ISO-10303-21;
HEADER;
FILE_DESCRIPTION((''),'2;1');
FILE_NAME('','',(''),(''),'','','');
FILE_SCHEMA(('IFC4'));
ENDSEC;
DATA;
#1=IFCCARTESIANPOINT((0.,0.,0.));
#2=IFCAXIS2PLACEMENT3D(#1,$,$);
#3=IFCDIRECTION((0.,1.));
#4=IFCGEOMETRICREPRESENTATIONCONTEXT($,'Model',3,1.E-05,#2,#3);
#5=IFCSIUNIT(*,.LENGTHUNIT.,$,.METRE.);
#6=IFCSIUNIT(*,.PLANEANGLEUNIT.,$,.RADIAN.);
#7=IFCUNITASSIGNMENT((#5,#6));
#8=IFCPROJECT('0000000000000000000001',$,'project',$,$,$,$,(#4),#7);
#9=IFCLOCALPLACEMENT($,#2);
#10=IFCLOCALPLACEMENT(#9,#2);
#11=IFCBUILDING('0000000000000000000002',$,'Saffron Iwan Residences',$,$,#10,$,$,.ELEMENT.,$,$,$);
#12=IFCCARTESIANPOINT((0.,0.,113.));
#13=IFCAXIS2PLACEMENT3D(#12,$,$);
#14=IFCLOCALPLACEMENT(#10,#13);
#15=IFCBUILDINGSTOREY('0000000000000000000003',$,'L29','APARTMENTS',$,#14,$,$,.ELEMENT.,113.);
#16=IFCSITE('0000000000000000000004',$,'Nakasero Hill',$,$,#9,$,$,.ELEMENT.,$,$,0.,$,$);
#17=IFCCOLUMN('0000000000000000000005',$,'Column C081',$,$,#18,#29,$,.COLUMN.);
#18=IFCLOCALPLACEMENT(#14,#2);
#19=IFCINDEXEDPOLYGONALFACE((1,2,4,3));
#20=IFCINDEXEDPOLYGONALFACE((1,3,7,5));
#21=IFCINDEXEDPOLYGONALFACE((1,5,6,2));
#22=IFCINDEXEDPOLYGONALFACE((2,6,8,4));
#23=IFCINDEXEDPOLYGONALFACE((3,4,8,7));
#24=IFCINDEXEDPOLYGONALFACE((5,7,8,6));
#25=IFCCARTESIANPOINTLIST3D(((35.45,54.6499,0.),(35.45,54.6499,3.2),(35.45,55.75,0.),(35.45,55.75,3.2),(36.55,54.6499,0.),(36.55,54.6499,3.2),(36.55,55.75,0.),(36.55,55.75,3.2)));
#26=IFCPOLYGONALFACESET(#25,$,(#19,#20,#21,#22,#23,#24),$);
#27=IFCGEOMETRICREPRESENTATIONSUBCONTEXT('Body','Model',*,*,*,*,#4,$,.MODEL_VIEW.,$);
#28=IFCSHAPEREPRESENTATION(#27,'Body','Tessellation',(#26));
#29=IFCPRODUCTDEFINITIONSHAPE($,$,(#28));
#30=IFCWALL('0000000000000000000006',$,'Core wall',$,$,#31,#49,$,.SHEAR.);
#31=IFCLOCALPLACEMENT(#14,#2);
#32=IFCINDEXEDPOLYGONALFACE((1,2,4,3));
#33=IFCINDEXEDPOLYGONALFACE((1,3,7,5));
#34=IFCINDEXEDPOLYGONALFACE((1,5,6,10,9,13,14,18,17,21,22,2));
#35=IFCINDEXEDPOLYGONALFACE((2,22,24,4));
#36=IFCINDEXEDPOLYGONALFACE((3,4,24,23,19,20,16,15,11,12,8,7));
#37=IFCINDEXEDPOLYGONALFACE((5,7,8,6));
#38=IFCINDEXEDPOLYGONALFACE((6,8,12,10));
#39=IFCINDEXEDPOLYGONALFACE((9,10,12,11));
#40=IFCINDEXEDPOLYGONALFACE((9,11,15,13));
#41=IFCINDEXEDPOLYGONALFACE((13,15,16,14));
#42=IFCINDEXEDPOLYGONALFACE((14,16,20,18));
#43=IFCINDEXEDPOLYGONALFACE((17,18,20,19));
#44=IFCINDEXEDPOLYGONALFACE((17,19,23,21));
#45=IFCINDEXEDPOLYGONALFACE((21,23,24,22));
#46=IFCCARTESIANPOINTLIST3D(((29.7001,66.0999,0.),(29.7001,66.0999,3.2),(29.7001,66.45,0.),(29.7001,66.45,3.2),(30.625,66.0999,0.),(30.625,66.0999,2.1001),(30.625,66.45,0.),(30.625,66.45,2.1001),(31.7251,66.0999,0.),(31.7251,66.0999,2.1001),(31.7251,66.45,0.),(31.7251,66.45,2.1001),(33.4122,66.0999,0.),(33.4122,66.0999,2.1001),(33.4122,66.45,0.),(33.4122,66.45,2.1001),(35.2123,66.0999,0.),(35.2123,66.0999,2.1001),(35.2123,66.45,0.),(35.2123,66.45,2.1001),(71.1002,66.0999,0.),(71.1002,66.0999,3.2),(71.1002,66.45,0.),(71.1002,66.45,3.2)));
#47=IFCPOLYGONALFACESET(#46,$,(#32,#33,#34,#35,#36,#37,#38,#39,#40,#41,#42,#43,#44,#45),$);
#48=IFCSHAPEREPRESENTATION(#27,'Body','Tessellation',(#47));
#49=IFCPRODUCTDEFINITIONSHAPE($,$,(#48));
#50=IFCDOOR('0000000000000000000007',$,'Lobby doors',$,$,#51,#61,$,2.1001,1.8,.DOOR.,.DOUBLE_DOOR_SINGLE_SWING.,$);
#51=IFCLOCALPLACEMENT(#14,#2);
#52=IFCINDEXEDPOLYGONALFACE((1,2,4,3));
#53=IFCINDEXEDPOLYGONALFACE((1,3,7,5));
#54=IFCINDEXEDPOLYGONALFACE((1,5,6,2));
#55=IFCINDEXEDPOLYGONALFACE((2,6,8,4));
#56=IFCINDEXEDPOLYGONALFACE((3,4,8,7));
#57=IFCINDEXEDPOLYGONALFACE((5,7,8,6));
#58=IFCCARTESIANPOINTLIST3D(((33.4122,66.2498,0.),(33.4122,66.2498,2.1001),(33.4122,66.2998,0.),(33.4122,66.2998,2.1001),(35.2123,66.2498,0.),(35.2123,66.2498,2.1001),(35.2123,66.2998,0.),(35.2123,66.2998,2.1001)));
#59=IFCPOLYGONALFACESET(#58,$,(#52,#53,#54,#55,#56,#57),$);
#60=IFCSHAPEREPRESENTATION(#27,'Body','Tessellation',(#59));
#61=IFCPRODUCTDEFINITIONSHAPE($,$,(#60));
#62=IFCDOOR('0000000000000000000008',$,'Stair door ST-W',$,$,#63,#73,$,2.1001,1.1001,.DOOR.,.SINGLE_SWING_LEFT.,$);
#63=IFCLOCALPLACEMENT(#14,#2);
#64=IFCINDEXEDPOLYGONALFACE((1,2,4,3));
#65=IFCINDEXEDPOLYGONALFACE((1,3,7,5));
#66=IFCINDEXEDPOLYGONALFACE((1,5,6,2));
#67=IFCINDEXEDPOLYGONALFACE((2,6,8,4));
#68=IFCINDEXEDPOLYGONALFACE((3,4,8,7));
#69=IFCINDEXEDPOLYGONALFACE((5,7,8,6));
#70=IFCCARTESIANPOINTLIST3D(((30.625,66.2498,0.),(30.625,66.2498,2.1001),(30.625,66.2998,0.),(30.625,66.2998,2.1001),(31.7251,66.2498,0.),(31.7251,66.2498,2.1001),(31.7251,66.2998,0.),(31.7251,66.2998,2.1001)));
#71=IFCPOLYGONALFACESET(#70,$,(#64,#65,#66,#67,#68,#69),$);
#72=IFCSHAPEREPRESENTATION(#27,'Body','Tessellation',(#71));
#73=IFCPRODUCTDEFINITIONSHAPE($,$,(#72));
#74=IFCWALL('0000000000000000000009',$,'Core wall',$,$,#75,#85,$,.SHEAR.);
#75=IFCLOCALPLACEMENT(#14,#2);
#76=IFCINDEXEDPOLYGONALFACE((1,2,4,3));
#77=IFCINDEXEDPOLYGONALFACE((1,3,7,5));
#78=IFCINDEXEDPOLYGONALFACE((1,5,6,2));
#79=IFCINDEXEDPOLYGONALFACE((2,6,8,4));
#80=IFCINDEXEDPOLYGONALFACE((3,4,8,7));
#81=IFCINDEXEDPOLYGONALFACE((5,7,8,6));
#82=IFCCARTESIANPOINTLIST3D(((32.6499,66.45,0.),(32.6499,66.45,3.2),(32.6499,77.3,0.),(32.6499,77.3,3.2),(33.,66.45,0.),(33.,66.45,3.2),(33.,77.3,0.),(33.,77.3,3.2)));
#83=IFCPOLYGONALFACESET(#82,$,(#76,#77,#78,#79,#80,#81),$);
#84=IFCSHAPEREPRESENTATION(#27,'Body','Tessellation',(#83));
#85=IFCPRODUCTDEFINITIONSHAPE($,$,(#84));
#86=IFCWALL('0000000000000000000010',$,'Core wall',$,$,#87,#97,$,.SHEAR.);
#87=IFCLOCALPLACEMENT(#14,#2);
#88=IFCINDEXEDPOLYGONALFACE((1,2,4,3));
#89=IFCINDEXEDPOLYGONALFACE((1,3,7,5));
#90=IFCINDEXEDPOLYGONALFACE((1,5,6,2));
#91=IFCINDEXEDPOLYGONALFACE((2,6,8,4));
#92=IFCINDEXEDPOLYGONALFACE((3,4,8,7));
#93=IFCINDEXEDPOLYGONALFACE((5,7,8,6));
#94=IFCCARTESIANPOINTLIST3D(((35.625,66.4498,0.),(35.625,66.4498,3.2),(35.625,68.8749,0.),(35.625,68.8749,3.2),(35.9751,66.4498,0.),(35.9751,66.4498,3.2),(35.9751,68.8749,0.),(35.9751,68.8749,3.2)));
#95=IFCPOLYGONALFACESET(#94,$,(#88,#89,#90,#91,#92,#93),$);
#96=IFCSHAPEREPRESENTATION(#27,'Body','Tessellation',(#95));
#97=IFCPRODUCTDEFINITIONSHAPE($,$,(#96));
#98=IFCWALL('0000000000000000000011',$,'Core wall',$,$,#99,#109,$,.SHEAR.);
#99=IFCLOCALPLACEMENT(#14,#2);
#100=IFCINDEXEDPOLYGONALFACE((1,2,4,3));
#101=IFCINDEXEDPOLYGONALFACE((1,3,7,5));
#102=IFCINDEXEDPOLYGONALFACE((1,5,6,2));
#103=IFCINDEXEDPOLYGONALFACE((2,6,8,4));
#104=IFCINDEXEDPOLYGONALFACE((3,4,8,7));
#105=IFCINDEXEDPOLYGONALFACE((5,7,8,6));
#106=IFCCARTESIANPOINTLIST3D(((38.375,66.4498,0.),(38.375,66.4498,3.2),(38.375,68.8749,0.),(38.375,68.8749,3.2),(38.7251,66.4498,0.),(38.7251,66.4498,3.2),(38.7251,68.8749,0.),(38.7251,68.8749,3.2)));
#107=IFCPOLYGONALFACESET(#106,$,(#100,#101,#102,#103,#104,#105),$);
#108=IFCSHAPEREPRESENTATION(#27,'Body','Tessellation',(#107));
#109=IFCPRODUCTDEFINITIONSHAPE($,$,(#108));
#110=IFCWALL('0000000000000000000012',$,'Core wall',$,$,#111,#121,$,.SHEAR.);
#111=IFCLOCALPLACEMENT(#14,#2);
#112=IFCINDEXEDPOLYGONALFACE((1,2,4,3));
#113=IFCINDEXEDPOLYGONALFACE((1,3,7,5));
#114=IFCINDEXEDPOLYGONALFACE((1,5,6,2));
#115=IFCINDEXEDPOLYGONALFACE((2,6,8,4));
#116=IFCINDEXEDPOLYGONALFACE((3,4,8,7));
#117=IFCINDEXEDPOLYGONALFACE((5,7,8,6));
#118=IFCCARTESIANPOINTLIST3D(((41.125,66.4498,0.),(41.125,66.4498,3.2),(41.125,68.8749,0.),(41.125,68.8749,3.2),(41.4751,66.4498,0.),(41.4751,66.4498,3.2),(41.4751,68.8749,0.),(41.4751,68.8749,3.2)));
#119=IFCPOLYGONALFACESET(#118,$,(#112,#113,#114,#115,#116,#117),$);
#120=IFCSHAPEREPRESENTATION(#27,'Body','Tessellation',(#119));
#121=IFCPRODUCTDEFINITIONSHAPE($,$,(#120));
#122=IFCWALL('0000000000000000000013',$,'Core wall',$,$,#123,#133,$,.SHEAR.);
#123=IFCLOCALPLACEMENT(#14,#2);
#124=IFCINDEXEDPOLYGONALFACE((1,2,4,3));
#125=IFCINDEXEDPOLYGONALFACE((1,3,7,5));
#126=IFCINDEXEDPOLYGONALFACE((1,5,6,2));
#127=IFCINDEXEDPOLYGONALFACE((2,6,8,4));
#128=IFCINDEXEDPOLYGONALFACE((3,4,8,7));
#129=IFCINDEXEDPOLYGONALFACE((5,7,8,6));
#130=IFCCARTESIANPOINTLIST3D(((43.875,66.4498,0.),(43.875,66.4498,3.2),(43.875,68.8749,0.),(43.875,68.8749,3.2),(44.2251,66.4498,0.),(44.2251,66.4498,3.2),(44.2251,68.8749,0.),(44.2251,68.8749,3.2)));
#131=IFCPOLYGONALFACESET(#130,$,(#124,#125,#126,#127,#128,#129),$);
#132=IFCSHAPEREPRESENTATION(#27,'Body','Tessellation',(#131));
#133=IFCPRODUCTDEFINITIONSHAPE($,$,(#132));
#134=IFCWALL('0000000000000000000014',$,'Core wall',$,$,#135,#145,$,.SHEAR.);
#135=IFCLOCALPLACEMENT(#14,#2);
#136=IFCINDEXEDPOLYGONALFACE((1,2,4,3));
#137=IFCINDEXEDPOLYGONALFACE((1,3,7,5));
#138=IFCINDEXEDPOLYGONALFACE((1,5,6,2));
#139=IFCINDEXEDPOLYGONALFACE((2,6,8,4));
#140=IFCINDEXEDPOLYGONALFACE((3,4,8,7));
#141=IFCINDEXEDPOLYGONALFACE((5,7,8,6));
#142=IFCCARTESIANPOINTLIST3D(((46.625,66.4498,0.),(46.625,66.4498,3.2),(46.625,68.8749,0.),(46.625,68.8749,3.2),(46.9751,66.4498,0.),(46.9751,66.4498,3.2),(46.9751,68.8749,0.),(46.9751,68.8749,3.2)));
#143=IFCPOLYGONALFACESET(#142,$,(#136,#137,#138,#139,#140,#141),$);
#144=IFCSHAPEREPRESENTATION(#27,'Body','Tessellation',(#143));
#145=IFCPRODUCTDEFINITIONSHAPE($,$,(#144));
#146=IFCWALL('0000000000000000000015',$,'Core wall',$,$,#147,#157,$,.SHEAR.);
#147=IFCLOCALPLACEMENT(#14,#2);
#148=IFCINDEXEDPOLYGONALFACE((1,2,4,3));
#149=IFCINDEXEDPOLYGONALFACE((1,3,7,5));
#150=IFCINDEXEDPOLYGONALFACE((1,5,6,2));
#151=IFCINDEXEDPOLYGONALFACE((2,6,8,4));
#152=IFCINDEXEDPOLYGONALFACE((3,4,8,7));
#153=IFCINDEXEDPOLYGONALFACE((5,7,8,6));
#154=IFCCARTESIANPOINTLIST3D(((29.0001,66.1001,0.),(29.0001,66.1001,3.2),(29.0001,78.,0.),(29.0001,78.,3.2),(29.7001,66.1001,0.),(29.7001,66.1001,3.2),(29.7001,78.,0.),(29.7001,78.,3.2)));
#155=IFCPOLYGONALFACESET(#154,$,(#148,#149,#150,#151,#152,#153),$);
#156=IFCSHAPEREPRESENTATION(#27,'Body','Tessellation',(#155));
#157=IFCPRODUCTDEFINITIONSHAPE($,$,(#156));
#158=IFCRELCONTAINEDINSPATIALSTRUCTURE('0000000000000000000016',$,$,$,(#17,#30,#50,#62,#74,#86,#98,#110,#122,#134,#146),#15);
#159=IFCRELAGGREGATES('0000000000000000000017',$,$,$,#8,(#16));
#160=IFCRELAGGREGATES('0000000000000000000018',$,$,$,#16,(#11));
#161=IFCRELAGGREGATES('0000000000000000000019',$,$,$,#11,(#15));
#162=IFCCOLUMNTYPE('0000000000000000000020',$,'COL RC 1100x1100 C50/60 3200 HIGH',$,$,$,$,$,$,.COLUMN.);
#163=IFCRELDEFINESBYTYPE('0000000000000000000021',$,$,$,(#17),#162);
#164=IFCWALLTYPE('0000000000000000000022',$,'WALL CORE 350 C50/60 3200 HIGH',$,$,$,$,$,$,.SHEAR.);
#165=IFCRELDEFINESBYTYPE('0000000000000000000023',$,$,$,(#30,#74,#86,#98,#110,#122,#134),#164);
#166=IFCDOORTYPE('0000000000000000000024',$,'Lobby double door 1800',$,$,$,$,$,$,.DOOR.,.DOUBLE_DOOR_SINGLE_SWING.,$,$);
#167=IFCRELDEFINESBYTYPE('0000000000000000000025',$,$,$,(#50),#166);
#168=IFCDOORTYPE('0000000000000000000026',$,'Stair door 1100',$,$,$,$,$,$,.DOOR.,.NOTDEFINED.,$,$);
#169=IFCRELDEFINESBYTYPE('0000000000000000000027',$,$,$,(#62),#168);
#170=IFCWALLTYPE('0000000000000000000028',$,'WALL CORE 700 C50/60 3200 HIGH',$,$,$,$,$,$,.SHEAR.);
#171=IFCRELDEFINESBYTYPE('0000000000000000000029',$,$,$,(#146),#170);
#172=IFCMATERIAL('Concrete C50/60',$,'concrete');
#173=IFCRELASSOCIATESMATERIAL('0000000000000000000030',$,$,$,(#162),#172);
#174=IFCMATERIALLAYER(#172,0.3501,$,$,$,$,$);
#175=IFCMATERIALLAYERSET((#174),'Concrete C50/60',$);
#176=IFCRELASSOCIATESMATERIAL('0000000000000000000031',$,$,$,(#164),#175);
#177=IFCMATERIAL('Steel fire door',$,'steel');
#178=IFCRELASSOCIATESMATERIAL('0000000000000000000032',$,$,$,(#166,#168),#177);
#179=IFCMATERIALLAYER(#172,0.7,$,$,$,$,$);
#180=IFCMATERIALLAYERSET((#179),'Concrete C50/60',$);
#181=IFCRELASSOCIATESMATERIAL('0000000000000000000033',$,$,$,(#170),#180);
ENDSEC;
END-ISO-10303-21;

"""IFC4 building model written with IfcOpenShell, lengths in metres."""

from ifc_helpers import new_model, si_unit, direction, frame, frame_2d, origin, origin_2d, place, context, subcontext, project, spatial, rectangle, extrude, source, transform, mapped, material, layer, layer_set, material_profile, profile_set, type_object, element, fill, save


model = new_model("IFC4")

# Units and contexts
model_context = context("Model", 3, precision=1e-05, world=origin(), true_north=direction((0.0, 1.0)))
body_context = subcontext(model_context, "Body", "Model", "MODEL_VIEW")
ifc_project = project(units=[si_unit("LENGTHUNIT", "METRE"), si_unit("PLANEANGLEUNIT", "RADIAN")], contexts=[model_context])

# Site, building, storey
site_placement = place(None, origin())
site = spatial("IfcSite", under=ifc_project, at=site_placement, Name="Nakasero Hill", CompositionType="ELEMENT", RefElevation=0.0)
building_placement = place(site_placement, origin())
building = spatial("IfcBuilding", under=site, at=building_placement, Name="Saffron Iwan Residences", CompositionType="ELEMENT")
storey_placement = place(building_placement, frame((0.0, 0.0, 113.0)))
storey = spatial("IfcBuildingStorey", under=building, at=storey_placement, Name="L29", Description="APARTMENTS", CompositionType="ELEMENT", Elevation=113.0)

# Column
ifc_material_1 = material(Name="Concrete C50/60", Category="concrete")
ifc_material_profile = material_profile(ifc_material_1, rectangle(XDim=1.1001, YDim=1.1001, at=origin_2d()), Name="RC 1100x1100")
ifc_profile_set = profile_set([ifc_material_profile], Name="Concrete C50/60")
column_type = type_object("IfcColumnType", Name="COL RC 1100x1100 C50/60 3200 HIGH", PredefinedType="COLUMN", material=ifc_profile_set)
shared_shape = source(origin(), body_context, "Body", "SweptSolid", [
    extrude(rectangle(XDim=1.1001, YDim=1.1001, at=origin_2d()), origin(), (0.0, 0.0, 1.0), 3.2),
])
column_placement = place(storey_placement, frame((36.0, 55.2, 0.0), z_axis=(0.0, 0.0, 1.0), x_axis=(1.0, 0.0, 0.0)))
element("IfcColumn", 1, at=column_placement, inside=storey, type_object=column_type, Name="Column C081", PredefinedType="COLUMN", context=body_context, shape_type="MappedRepresentation", body=[
    mapped(shared_shape, transform((0.0, 0.0, 0.0))),
])

# Wall, openings, doors
ifc_layer_1 = layer(ifc_material_1, 0.3501)
ifc_layer_set_1 = layer_set([ifc_layer_1], Name="Concrete C50/60")
wall_type_1 = type_object("IfcWallType", Name="WALL CORE 350 C50/60 3200 HIGH", PredefinedType="SHEAR", material=ifc_layer_set_1)
wall_1_placement = place(storey_placement, frame((29.7, 66.2749, 0.0), z_axis=(0.0, 0.0, 1.0), x_axis=(1.0, 0.0, 0.0)))
wall_1 = element("IfcWall", 2, at=wall_1_placement, inside=storey, type_object=wall_type_1, Name="Core wall", PredefinedType="SHEAR", context=body_context, shape_type="SweptSolid", body=[
    extrude(rectangle(XDim=41.4001, YDim=0.3501, at=frame_2d((20.7002, 0.0))), origin(), (0.0, 0.0, 1.0), 3.2),
])
opening_1_placement = place(wall_1_placement, frame((0.925, 0.0, 0.0)))
opening_1 = element("IfcOpeningElement", 3, at=opening_1_placement, cuts=wall_1, PredefinedType="OPENING", context=body_context, shape_type="SweptSolid", body=[
    extrude(rectangle(XDim=1.1001, YDim=2.1001, at=frame_2d((0.55, 1.05))), frame((0.0, 0.1851, 0.0), z_axis=(0.0, -1.0, 0.0), x_axis=(1.0, 0.0, 0.0)), (0.0, 0.0, 1.0), 0.3701),
])
opening_2_placement = place(wall_1_placement, frame((3.7124, 0.0, 0.0)))
opening_2 = element("IfcOpeningElement", 4, at=opening_2_placement, cuts=wall_1, PredefinedType="OPENING", context=body_context, shape_type="SweptSolid", body=[
    extrude(rectangle(XDim=1.8, YDim=2.1001, at=frame_2d((0.8999, 1.05))), frame((0.0, 0.1851, 0.0), z_axis=(0.0, -1.0, 0.0), x_axis=(1.0, 0.0, 0.0)), (0.0, 0.0, 1.0), 0.3701),
])
ifc_material_2 = material(Name="Steel fire door", Category="steel")
door_type_1 = type_object("IfcDoorType", Name="Lobby double door 1800", OperationType="DOUBLE_DOOR_SINGLE_SWING", PredefinedType="DOOR", material=ifc_material_2)
door_1_placement = place(opening_2_placement, origin())
door_1 = element("IfcDoor", 5, at=door_1_placement, inside=storey, type_object=door_type_1, Name="Lobby doors", OperationType="DOUBLE_DOOR_SINGLE_SWING", OverallHeight=2.1001, OverallWidth=1.8, PredefinedType="DOOR", context=body_context, shape_type="SweptSolid", body=[
    extrude(rectangle(XDim=1.8, YDim=2.1001, at=frame_2d((0.8999, 1.05))), frame((0.0, 0.0249, 0.0), z_axis=(0.0, -1.0, 0.0), x_axis=(1.0, 0.0, 0.0)), (0.0, 0.0, 1.0), 0.05),
])
fill(opening_2, door_1)
door_type_2 = type_object("IfcDoorType", Name="Stair door 1100", OperationType="NOTDEFINED", PredefinedType="DOOR", material=ifc_material_2)
door_2_placement = place(opening_1_placement, origin())
door_2 = element("IfcDoor", 6, at=door_2_placement, inside=storey, type_object=door_type_2, Name="Stair door ST-W", OperationType="SINGLE_SWING_LEFT", OverallHeight=2.1001, OverallWidth=1.1001, PredefinedType="DOOR", context=body_context, shape_type="SweptSolid", body=[
    extrude(rectangle(XDim=1.1001, YDim=2.1001, at=frame_2d((0.55, 1.05))), frame((0.0, 0.0249, 0.0), z_axis=(0.0, -1.0, 0.0), x_axis=(1.0, 0.0, 0.0)), (0.0, 0.0, 1.0), 0.05),
])
fill(opening_1, door_2)

# Walls
wall_2_placement = place(storey_placement, frame((32.825, 66.45, 0.0), z_axis=(0.0, 0.0, 1.0), x_axis=(0.0, 1.0, 0.0)))
element("IfcWall", 7, at=wall_2_placement, inside=storey, type_object=wall_type_1, Name="Core wall", PredefinedType="SHEAR", context=body_context, shape_type="SweptSolid", body=[
    extrude(rectangle(XDim=10.8501, YDim=0.3501, at=frame_2d((5.425, 0.0))), origin(), (0.0, 0.0, 1.0), 3.2),
])
for number, where, z_axis, x_axis, name in (
    (8, (35.8, 66.45, 0.0), (0.0, 0.0, 1.0), (0.0, 1.0, 0.0), "Core wall"),
    (9, (38.55, 66.45, 0.0), (0.0, 0.0, 1.0), (0.0, 1.0, 0.0), "Core wall"),
    (10, (41.3, 66.45, 0.0), (0.0, 0.0, 1.0), (0.0, 1.0, 0.0), "Core wall"),
    (11, (44.05, 66.45, 0.0), (0.0, 0.0, 1.0), (0.0, 1.0, 0.0), "Core wall"),
    (12, (46.8, 66.45, 0.0), (0.0, 0.0, 1.0), (0.0, 1.0, 0.0), "Core wall"),
):
    element("IfcWall", number, at=place(storey_placement, frame(where, z_axis=z_axis, x_axis=x_axis)), inside=storey, type_object=wall_type_1, Name=name, PredefinedType="SHEAR", context=body_context, shape_type="SweptSolid", body=[
        extrude(rectangle(XDim=2.425, YDim=0.3501, at=frame_2d((1.2124, 0.0))), origin(), (0.0, 0.0, 1.0), 3.2),
    ])
ifc_layer_2 = layer(ifc_material_1, 0.7)
ifc_layer_set_2 = layer_set([ifc_layer_2], Name="Concrete C50/60")
wall_type_2 = type_object("IfcWallType", Name="WALL CORE 700 C50/60 3200 HIGH", PredefinedType="SHEAR", material=ifc_layer_set_2)
wall_3_placement = place(storey_placement, frame((29.3501, 66.1001, 0.0), z_axis=(0.0, 0.0, 1.0), x_axis=(0.0, 1.0, 0.0)))
element("IfcWall", 13, at=wall_3_placement, inside=storey, type_object=wall_type_2, Name="Core wall", PredefinedType="SHEAR", context=body_context, shape_type="SweptSolid", body=[
    extrude(rectangle(XDim=11.8999, YDim=0.7, at=frame_2d((5.95, 0.0))), origin(), (0.0, 0.0, 1.0), 3.2),
])

save(model, "model.ifc")
